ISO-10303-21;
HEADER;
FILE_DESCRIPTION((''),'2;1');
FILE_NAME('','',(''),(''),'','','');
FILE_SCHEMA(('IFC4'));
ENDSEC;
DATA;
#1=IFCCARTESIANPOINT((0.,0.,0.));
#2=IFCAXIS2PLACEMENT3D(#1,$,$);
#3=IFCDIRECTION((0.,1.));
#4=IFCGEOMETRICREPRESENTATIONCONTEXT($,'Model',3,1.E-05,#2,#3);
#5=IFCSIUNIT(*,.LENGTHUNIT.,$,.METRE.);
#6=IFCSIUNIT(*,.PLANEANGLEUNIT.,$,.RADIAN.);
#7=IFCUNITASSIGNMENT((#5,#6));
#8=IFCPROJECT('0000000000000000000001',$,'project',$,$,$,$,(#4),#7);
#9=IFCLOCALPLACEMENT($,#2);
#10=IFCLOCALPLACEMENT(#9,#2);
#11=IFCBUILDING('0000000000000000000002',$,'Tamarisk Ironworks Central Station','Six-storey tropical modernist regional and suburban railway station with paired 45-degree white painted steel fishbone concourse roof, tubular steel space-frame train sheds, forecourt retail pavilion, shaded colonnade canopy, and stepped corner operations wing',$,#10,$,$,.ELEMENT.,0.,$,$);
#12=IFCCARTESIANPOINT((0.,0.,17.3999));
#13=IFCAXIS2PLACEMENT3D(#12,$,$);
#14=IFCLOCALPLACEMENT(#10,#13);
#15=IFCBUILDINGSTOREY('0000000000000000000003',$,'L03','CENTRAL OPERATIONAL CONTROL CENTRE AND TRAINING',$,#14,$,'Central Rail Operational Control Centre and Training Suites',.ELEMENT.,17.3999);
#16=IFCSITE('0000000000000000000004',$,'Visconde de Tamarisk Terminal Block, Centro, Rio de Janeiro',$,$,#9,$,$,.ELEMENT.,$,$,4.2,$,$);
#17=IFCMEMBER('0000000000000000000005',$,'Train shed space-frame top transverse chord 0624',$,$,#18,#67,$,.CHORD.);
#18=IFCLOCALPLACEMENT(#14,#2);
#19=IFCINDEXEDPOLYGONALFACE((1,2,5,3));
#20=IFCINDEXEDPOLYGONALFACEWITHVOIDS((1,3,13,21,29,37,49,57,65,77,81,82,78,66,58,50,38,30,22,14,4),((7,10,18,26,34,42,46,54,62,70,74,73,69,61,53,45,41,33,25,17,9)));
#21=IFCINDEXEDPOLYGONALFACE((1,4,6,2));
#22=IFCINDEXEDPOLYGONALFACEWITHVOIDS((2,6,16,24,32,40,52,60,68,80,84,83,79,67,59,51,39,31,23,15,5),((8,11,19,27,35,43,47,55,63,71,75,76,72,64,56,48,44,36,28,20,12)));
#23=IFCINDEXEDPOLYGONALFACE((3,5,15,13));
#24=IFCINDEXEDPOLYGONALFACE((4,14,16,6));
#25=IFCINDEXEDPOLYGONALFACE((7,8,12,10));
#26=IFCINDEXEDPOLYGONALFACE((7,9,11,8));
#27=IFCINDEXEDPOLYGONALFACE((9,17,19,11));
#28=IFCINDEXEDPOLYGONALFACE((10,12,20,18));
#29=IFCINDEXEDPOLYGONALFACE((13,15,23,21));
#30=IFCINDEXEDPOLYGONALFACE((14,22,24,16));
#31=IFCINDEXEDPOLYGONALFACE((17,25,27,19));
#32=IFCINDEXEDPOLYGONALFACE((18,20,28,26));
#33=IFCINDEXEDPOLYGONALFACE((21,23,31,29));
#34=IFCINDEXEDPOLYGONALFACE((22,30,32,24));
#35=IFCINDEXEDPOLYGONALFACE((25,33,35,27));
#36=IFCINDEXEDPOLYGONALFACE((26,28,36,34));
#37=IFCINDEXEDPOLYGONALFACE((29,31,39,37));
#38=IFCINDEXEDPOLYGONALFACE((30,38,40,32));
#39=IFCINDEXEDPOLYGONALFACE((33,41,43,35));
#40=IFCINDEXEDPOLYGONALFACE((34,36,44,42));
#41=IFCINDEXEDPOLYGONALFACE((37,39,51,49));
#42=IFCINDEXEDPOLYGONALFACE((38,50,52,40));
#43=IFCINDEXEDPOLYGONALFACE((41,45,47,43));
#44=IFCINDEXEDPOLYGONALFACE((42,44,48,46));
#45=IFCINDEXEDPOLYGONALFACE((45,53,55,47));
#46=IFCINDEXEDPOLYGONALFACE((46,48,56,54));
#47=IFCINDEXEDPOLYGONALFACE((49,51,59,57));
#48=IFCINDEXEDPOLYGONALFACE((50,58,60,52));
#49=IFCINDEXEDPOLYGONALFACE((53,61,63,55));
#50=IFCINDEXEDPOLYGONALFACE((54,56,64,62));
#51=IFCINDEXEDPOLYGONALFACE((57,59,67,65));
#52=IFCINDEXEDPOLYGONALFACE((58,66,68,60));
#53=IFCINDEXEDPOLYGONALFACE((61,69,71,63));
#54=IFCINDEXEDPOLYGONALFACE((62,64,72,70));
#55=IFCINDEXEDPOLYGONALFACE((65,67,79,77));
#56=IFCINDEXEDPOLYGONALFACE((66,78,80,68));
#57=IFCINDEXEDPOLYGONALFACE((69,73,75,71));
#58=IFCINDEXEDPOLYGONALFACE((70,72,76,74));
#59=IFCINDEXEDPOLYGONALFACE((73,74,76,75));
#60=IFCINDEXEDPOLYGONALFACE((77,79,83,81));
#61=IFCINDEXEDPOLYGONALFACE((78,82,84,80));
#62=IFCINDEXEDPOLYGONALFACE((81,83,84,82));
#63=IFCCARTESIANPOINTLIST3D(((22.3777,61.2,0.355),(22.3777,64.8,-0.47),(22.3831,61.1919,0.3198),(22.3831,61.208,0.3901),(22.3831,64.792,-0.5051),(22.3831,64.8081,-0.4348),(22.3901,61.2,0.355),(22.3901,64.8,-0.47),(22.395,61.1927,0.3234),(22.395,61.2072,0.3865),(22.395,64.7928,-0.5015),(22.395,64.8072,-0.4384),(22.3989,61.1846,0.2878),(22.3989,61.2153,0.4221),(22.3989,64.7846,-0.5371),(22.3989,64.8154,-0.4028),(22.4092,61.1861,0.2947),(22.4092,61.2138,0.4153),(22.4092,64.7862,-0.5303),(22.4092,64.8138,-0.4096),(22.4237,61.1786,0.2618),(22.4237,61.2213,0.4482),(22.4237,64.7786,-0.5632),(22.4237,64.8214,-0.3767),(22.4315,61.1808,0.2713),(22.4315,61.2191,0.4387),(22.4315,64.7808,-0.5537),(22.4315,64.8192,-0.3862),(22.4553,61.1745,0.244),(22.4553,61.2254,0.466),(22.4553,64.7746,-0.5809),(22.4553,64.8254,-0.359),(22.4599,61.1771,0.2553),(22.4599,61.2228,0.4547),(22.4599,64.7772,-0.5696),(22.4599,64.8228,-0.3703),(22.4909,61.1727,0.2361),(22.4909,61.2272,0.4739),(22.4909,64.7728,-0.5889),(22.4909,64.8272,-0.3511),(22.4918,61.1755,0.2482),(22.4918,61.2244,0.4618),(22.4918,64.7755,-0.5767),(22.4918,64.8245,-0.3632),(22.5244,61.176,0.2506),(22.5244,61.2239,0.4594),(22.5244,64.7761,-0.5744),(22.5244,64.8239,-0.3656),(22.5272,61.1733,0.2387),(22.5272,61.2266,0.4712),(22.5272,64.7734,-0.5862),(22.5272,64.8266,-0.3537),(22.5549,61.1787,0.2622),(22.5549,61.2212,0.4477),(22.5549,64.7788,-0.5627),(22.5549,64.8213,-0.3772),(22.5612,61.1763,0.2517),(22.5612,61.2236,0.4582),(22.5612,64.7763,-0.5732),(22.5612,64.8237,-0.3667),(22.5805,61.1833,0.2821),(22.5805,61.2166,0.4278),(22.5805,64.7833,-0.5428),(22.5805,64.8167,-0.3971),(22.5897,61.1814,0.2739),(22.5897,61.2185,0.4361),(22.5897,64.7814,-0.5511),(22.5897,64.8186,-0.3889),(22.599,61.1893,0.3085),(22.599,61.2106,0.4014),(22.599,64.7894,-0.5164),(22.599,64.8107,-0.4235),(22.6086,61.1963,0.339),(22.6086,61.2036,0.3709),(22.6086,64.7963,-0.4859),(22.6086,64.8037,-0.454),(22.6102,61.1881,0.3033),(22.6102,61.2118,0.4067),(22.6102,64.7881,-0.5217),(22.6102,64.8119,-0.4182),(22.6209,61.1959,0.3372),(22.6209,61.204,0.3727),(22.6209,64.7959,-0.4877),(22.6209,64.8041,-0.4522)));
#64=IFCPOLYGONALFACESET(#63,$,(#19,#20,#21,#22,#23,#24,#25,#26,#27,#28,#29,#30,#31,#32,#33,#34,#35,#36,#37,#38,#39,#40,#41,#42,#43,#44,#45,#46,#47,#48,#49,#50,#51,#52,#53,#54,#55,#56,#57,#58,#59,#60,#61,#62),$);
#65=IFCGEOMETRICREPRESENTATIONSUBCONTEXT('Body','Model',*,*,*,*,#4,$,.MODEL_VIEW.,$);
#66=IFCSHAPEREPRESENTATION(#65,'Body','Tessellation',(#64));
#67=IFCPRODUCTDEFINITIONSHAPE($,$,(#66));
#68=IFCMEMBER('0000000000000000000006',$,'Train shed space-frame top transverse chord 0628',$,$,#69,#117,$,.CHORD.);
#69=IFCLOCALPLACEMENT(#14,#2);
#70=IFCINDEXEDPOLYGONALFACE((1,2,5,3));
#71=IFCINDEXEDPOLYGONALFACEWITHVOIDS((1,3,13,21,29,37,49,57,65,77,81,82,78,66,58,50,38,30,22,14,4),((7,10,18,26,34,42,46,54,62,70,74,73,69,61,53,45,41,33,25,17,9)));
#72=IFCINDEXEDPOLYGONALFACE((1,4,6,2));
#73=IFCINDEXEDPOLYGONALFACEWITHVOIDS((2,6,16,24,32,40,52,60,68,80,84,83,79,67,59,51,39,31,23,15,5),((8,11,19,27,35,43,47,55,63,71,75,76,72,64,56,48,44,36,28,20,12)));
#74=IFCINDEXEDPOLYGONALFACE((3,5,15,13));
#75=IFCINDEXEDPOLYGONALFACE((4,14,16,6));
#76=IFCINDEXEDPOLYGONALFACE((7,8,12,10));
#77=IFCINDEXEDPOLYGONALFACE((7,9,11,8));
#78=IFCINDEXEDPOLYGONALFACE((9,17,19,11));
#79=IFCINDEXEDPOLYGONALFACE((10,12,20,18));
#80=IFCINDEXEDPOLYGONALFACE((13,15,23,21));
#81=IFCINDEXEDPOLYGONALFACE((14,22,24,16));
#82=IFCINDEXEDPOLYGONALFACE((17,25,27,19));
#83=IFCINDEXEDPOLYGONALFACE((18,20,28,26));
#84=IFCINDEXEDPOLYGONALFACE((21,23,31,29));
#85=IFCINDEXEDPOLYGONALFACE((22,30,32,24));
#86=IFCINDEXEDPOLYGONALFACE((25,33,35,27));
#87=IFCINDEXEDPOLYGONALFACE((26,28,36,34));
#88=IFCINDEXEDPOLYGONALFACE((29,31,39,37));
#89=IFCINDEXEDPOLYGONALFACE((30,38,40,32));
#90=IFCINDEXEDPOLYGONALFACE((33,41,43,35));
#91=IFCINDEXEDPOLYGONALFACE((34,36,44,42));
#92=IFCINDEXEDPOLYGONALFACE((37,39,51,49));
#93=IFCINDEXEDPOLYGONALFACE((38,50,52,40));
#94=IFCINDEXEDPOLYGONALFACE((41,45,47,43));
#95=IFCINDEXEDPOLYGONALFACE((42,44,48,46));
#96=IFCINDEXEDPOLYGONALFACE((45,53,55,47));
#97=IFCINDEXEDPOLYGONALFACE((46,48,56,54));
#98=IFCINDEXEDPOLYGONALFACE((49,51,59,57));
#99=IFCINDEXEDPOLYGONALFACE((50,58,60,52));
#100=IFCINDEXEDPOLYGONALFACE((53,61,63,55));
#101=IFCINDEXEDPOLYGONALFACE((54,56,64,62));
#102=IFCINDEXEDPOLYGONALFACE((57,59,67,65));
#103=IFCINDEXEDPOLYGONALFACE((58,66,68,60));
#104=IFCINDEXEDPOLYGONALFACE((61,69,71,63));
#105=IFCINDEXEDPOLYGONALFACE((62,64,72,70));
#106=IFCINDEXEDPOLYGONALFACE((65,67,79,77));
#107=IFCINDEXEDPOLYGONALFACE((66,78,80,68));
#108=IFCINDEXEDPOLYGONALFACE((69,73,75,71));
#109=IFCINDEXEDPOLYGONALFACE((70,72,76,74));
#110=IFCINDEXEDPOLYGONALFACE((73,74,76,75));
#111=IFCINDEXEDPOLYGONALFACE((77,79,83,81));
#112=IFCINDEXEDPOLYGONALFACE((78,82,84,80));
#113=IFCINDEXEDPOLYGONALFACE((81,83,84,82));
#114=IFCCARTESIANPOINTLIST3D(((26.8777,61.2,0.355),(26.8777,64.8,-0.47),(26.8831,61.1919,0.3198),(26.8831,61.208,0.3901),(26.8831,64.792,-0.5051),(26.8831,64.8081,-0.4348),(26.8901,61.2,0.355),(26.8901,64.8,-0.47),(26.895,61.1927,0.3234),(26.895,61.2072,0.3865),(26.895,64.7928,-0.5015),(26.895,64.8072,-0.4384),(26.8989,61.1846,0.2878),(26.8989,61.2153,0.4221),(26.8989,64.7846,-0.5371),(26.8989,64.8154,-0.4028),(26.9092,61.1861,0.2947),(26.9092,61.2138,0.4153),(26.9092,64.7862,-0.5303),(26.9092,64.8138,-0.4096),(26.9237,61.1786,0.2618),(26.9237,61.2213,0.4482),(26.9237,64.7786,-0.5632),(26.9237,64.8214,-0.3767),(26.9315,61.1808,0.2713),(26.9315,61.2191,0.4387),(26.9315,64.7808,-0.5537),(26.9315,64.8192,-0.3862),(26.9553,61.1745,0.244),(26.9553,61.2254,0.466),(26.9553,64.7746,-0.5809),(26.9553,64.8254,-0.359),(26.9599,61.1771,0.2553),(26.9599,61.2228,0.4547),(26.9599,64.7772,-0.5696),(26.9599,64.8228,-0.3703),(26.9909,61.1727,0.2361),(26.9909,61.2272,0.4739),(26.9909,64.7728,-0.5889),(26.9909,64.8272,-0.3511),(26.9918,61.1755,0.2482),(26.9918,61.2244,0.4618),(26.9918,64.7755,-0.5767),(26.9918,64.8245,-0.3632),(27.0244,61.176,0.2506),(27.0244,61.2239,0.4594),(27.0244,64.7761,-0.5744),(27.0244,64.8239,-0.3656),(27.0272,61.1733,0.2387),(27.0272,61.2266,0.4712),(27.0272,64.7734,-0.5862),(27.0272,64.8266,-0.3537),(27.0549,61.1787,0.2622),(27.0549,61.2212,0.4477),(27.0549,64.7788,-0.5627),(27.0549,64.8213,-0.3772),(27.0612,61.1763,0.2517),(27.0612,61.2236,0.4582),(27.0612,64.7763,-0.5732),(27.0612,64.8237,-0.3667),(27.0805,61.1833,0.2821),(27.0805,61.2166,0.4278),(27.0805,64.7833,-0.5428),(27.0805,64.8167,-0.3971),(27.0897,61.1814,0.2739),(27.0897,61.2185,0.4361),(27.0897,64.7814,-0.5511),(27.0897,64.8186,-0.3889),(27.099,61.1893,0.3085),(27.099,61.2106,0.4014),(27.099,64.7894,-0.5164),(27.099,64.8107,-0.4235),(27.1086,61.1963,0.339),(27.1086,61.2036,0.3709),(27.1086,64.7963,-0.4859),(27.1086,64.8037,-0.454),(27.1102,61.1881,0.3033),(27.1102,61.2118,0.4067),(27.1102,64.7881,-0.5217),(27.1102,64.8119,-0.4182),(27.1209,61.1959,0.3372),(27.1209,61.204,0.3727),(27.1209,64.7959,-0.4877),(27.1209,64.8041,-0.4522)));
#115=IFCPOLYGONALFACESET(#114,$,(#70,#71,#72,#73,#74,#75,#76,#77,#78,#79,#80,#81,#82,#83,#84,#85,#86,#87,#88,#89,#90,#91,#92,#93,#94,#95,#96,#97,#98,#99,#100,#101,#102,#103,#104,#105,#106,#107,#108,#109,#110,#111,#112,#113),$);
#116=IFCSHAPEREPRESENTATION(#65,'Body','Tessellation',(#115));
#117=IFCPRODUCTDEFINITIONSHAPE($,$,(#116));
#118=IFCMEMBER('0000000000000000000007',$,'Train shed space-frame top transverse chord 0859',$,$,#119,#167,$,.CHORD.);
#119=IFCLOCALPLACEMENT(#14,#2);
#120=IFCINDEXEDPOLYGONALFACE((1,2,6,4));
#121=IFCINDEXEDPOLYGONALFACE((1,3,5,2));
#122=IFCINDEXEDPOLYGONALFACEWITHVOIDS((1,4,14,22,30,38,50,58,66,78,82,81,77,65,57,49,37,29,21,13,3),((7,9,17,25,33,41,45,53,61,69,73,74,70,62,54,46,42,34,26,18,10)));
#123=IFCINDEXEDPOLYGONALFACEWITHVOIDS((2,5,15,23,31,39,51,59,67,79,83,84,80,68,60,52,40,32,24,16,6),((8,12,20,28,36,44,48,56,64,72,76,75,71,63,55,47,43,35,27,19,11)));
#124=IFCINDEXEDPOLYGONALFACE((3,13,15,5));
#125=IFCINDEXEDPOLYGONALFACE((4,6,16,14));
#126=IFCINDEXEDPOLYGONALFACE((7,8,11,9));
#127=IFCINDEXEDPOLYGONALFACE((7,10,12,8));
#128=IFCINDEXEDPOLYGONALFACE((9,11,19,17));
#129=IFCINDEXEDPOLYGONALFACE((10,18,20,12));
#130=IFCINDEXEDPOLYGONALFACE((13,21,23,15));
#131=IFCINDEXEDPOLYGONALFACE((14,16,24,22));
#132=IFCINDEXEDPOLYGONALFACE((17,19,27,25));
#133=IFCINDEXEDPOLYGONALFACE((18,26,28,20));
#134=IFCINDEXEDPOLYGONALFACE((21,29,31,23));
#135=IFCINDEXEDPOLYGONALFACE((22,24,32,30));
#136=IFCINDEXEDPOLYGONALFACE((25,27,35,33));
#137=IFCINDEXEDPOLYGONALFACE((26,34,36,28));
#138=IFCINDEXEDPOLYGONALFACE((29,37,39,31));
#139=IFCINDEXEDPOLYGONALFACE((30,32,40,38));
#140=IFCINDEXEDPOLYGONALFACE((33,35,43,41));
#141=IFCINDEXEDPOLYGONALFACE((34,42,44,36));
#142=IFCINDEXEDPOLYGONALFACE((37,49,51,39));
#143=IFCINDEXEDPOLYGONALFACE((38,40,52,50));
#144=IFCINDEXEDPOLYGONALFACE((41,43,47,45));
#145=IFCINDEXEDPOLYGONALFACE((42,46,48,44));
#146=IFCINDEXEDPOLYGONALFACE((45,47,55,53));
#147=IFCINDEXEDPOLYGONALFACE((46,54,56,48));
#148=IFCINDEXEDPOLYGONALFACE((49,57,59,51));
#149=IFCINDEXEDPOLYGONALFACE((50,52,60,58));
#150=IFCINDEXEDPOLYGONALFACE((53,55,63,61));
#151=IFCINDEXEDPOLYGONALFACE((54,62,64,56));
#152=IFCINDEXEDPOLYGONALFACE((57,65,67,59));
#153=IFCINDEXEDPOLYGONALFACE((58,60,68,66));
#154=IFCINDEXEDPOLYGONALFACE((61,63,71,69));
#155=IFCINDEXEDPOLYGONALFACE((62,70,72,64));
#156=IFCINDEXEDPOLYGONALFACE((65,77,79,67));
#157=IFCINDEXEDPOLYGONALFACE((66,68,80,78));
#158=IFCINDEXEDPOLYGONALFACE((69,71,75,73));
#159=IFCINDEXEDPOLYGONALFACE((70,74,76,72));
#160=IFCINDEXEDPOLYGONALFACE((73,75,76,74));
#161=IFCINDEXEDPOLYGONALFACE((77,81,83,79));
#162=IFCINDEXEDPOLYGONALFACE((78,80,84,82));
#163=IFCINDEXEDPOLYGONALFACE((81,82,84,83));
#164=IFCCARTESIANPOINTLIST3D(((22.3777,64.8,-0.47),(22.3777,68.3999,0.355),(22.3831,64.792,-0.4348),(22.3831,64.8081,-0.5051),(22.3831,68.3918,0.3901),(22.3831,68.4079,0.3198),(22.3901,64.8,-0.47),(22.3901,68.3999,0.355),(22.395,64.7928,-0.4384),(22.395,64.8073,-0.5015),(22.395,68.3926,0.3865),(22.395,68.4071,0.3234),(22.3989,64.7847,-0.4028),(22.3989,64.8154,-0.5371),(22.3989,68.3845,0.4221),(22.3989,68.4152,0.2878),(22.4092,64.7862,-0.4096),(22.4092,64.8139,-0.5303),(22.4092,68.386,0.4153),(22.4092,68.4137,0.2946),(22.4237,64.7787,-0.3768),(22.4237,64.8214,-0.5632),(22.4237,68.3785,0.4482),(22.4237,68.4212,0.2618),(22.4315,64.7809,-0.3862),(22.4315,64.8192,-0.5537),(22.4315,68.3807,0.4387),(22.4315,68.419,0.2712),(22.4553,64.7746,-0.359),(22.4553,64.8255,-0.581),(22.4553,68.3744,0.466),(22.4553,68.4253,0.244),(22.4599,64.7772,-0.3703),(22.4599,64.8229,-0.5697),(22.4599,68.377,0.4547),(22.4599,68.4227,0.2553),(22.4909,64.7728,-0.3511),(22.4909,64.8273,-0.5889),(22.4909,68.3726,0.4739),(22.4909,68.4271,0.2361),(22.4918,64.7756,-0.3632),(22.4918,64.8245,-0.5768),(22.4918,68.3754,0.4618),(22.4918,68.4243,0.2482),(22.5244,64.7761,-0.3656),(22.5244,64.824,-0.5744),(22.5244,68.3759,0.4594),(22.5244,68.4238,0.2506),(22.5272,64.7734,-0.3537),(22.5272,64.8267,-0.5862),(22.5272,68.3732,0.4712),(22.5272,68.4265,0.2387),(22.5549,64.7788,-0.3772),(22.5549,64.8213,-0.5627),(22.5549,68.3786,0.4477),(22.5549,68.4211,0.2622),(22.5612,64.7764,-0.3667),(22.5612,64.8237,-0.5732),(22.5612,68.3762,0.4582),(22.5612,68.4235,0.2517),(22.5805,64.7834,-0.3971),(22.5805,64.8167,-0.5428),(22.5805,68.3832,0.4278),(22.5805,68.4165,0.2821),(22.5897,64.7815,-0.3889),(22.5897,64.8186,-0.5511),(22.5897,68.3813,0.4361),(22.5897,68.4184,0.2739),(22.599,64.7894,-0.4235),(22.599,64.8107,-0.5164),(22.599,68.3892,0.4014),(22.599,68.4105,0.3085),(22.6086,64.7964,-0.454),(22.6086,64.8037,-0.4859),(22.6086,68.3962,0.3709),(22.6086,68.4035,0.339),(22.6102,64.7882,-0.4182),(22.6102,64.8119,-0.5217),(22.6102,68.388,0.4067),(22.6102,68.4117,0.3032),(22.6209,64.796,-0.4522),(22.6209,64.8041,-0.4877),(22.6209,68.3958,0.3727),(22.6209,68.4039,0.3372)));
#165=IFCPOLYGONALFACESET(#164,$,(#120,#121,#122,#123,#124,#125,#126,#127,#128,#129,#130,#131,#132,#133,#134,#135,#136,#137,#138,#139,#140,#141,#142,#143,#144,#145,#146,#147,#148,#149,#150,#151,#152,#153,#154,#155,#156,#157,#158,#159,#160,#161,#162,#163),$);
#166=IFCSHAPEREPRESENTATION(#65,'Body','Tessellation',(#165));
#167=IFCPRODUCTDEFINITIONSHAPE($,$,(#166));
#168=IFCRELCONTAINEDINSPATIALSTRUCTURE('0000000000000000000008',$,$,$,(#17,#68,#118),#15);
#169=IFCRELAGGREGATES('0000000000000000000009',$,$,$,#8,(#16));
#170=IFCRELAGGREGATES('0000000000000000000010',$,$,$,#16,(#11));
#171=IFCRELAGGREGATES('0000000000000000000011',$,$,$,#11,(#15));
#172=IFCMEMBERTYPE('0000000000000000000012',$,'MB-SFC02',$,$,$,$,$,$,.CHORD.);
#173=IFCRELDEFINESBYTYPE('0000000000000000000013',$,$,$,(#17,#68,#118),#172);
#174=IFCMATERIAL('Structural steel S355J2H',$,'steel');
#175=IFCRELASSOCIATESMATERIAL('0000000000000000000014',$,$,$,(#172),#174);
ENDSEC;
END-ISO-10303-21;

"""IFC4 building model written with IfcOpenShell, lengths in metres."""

from ifc_helpers import new_model, si_unit, direction, frame, origin, origin_2d, place, context, subcontext, project, spatial, hollow_circle, extrude, material, material_profile, profile_set, type_object, element, save


model = new_model("IFC4")

# Units and contexts
model_context = context("Model", 3, precision=1e-05, world=origin(), true_north=direction((0.0, 1.0)))
body_context = subcontext(model_context, "Body", "Model", "MODEL_VIEW")
ifc_project = project(units=[si_unit("LENGTHUNIT", "METRE"), si_unit("PLANEANGLEUNIT", "RADIAN")], contexts=[model_context])

# Site, building, storey
site_placement = place(None, origin())
site = spatial("IfcSite", under=ifc_project, at=site_placement, Name="Visconde de Tamarisk Terminal Block, Centro, Rio de Janeiro", CompositionType="ELEMENT", RefElevation=4.2)
building_placement = place(site_placement, origin())
building = spatial("IfcBuilding", under=site, at=building_placement, Name="Tamarisk Ironworks Central Station", Description="Six-storey tropical modernist regional and suburban railway station with paired 45-degree white painted steel fishbone concourse roof, tubular steel space-frame train sheds, forecourt retail pavilion, shaded colonnade canopy, and stepped corner operations wing", CompositionType="ELEMENT", ElevationOfRefHeight=0.0)
storey_placement = place(building_placement, frame((0.0, 0.0, 17.3999)))
storey = spatial("IfcBuildingStorey", under=building, at=storey_placement, Name="L03", Description="CENTRAL OPERATIONAL CONTROL CENTRE AND TRAINING", LongName="Central Rail Operational Control Centre and Training Suites", CompositionType="ELEMENT", Elevation=17.3999)

# Members
ifc_material_1 = material(Name="Structural steel S355J2H", Category="steel")
ifc_material_profile_1 = material_profile(ifc_material_1, hollow_circle(Radius=0.1223, WallThickness=0.0125, at=origin_2d()), Name="CHS 244.5x12.5")
ifc_profile_set_1 = profile_set([ifc_material_profile_1], Name="Structural steel S355J2H")
member_type_1 = type_object("IfcMemberType", Name="MB-SFC02", PredefinedType="CHORD", material=ifc_profile_set_1)
for number, where, z_axis, x_axis, name in (
    (1, (22.5, 61.2, 0.355), (0.0, 0.974737, -0.223358), (-1.0, 0.0, 0.0), "Train shed space-frame top transverse chord 0624"),
    (2, (27.0, 61.2, 0.355), (0.0, 0.974737, -0.223358), (-1.0, 0.0, 0.0), "Train shed space-frame top transverse chord 0628"),
):
    element("IfcMember", number, at=place(storey_placement, frame(where, z_axis=z_axis, x_axis=x_axis)), inside=storey, type_object=member_type_1, Name=name, PredefinedType="CHORD", context=body_context, shape_type="SweptSolid", body=[
        extrude(hollow_circle(Radius=0.1223, WallThickness=0.0125, at=origin_2d()), origin(), (0.0, 0.0, 1.0), 3.6934),
    ])
for number, where, z_axis, x_axis, name in (
    (3, (22.5, 64.8, -0.47), (0.0, 0.974733, 0.223372), (-1.0, 0.0, 0.0), "Train shed space-frame top transverse chord 0859"),
):
    element("IfcMember", number, at=place(storey_placement, frame(where, z_axis=z_axis, x_axis=x_axis)), inside=storey, type_object=member_type_1, Name=name, PredefinedType="CHORD", context=body_context, shape_type="SweptSolid", body=[
        extrude(hollow_circle(Radius=0.1223, WallThickness=0.0125, at=origin_2d()), origin(), (0.0, 0.0, 1.0), 3.6931),
    ])

save(model, "model.ifc")
